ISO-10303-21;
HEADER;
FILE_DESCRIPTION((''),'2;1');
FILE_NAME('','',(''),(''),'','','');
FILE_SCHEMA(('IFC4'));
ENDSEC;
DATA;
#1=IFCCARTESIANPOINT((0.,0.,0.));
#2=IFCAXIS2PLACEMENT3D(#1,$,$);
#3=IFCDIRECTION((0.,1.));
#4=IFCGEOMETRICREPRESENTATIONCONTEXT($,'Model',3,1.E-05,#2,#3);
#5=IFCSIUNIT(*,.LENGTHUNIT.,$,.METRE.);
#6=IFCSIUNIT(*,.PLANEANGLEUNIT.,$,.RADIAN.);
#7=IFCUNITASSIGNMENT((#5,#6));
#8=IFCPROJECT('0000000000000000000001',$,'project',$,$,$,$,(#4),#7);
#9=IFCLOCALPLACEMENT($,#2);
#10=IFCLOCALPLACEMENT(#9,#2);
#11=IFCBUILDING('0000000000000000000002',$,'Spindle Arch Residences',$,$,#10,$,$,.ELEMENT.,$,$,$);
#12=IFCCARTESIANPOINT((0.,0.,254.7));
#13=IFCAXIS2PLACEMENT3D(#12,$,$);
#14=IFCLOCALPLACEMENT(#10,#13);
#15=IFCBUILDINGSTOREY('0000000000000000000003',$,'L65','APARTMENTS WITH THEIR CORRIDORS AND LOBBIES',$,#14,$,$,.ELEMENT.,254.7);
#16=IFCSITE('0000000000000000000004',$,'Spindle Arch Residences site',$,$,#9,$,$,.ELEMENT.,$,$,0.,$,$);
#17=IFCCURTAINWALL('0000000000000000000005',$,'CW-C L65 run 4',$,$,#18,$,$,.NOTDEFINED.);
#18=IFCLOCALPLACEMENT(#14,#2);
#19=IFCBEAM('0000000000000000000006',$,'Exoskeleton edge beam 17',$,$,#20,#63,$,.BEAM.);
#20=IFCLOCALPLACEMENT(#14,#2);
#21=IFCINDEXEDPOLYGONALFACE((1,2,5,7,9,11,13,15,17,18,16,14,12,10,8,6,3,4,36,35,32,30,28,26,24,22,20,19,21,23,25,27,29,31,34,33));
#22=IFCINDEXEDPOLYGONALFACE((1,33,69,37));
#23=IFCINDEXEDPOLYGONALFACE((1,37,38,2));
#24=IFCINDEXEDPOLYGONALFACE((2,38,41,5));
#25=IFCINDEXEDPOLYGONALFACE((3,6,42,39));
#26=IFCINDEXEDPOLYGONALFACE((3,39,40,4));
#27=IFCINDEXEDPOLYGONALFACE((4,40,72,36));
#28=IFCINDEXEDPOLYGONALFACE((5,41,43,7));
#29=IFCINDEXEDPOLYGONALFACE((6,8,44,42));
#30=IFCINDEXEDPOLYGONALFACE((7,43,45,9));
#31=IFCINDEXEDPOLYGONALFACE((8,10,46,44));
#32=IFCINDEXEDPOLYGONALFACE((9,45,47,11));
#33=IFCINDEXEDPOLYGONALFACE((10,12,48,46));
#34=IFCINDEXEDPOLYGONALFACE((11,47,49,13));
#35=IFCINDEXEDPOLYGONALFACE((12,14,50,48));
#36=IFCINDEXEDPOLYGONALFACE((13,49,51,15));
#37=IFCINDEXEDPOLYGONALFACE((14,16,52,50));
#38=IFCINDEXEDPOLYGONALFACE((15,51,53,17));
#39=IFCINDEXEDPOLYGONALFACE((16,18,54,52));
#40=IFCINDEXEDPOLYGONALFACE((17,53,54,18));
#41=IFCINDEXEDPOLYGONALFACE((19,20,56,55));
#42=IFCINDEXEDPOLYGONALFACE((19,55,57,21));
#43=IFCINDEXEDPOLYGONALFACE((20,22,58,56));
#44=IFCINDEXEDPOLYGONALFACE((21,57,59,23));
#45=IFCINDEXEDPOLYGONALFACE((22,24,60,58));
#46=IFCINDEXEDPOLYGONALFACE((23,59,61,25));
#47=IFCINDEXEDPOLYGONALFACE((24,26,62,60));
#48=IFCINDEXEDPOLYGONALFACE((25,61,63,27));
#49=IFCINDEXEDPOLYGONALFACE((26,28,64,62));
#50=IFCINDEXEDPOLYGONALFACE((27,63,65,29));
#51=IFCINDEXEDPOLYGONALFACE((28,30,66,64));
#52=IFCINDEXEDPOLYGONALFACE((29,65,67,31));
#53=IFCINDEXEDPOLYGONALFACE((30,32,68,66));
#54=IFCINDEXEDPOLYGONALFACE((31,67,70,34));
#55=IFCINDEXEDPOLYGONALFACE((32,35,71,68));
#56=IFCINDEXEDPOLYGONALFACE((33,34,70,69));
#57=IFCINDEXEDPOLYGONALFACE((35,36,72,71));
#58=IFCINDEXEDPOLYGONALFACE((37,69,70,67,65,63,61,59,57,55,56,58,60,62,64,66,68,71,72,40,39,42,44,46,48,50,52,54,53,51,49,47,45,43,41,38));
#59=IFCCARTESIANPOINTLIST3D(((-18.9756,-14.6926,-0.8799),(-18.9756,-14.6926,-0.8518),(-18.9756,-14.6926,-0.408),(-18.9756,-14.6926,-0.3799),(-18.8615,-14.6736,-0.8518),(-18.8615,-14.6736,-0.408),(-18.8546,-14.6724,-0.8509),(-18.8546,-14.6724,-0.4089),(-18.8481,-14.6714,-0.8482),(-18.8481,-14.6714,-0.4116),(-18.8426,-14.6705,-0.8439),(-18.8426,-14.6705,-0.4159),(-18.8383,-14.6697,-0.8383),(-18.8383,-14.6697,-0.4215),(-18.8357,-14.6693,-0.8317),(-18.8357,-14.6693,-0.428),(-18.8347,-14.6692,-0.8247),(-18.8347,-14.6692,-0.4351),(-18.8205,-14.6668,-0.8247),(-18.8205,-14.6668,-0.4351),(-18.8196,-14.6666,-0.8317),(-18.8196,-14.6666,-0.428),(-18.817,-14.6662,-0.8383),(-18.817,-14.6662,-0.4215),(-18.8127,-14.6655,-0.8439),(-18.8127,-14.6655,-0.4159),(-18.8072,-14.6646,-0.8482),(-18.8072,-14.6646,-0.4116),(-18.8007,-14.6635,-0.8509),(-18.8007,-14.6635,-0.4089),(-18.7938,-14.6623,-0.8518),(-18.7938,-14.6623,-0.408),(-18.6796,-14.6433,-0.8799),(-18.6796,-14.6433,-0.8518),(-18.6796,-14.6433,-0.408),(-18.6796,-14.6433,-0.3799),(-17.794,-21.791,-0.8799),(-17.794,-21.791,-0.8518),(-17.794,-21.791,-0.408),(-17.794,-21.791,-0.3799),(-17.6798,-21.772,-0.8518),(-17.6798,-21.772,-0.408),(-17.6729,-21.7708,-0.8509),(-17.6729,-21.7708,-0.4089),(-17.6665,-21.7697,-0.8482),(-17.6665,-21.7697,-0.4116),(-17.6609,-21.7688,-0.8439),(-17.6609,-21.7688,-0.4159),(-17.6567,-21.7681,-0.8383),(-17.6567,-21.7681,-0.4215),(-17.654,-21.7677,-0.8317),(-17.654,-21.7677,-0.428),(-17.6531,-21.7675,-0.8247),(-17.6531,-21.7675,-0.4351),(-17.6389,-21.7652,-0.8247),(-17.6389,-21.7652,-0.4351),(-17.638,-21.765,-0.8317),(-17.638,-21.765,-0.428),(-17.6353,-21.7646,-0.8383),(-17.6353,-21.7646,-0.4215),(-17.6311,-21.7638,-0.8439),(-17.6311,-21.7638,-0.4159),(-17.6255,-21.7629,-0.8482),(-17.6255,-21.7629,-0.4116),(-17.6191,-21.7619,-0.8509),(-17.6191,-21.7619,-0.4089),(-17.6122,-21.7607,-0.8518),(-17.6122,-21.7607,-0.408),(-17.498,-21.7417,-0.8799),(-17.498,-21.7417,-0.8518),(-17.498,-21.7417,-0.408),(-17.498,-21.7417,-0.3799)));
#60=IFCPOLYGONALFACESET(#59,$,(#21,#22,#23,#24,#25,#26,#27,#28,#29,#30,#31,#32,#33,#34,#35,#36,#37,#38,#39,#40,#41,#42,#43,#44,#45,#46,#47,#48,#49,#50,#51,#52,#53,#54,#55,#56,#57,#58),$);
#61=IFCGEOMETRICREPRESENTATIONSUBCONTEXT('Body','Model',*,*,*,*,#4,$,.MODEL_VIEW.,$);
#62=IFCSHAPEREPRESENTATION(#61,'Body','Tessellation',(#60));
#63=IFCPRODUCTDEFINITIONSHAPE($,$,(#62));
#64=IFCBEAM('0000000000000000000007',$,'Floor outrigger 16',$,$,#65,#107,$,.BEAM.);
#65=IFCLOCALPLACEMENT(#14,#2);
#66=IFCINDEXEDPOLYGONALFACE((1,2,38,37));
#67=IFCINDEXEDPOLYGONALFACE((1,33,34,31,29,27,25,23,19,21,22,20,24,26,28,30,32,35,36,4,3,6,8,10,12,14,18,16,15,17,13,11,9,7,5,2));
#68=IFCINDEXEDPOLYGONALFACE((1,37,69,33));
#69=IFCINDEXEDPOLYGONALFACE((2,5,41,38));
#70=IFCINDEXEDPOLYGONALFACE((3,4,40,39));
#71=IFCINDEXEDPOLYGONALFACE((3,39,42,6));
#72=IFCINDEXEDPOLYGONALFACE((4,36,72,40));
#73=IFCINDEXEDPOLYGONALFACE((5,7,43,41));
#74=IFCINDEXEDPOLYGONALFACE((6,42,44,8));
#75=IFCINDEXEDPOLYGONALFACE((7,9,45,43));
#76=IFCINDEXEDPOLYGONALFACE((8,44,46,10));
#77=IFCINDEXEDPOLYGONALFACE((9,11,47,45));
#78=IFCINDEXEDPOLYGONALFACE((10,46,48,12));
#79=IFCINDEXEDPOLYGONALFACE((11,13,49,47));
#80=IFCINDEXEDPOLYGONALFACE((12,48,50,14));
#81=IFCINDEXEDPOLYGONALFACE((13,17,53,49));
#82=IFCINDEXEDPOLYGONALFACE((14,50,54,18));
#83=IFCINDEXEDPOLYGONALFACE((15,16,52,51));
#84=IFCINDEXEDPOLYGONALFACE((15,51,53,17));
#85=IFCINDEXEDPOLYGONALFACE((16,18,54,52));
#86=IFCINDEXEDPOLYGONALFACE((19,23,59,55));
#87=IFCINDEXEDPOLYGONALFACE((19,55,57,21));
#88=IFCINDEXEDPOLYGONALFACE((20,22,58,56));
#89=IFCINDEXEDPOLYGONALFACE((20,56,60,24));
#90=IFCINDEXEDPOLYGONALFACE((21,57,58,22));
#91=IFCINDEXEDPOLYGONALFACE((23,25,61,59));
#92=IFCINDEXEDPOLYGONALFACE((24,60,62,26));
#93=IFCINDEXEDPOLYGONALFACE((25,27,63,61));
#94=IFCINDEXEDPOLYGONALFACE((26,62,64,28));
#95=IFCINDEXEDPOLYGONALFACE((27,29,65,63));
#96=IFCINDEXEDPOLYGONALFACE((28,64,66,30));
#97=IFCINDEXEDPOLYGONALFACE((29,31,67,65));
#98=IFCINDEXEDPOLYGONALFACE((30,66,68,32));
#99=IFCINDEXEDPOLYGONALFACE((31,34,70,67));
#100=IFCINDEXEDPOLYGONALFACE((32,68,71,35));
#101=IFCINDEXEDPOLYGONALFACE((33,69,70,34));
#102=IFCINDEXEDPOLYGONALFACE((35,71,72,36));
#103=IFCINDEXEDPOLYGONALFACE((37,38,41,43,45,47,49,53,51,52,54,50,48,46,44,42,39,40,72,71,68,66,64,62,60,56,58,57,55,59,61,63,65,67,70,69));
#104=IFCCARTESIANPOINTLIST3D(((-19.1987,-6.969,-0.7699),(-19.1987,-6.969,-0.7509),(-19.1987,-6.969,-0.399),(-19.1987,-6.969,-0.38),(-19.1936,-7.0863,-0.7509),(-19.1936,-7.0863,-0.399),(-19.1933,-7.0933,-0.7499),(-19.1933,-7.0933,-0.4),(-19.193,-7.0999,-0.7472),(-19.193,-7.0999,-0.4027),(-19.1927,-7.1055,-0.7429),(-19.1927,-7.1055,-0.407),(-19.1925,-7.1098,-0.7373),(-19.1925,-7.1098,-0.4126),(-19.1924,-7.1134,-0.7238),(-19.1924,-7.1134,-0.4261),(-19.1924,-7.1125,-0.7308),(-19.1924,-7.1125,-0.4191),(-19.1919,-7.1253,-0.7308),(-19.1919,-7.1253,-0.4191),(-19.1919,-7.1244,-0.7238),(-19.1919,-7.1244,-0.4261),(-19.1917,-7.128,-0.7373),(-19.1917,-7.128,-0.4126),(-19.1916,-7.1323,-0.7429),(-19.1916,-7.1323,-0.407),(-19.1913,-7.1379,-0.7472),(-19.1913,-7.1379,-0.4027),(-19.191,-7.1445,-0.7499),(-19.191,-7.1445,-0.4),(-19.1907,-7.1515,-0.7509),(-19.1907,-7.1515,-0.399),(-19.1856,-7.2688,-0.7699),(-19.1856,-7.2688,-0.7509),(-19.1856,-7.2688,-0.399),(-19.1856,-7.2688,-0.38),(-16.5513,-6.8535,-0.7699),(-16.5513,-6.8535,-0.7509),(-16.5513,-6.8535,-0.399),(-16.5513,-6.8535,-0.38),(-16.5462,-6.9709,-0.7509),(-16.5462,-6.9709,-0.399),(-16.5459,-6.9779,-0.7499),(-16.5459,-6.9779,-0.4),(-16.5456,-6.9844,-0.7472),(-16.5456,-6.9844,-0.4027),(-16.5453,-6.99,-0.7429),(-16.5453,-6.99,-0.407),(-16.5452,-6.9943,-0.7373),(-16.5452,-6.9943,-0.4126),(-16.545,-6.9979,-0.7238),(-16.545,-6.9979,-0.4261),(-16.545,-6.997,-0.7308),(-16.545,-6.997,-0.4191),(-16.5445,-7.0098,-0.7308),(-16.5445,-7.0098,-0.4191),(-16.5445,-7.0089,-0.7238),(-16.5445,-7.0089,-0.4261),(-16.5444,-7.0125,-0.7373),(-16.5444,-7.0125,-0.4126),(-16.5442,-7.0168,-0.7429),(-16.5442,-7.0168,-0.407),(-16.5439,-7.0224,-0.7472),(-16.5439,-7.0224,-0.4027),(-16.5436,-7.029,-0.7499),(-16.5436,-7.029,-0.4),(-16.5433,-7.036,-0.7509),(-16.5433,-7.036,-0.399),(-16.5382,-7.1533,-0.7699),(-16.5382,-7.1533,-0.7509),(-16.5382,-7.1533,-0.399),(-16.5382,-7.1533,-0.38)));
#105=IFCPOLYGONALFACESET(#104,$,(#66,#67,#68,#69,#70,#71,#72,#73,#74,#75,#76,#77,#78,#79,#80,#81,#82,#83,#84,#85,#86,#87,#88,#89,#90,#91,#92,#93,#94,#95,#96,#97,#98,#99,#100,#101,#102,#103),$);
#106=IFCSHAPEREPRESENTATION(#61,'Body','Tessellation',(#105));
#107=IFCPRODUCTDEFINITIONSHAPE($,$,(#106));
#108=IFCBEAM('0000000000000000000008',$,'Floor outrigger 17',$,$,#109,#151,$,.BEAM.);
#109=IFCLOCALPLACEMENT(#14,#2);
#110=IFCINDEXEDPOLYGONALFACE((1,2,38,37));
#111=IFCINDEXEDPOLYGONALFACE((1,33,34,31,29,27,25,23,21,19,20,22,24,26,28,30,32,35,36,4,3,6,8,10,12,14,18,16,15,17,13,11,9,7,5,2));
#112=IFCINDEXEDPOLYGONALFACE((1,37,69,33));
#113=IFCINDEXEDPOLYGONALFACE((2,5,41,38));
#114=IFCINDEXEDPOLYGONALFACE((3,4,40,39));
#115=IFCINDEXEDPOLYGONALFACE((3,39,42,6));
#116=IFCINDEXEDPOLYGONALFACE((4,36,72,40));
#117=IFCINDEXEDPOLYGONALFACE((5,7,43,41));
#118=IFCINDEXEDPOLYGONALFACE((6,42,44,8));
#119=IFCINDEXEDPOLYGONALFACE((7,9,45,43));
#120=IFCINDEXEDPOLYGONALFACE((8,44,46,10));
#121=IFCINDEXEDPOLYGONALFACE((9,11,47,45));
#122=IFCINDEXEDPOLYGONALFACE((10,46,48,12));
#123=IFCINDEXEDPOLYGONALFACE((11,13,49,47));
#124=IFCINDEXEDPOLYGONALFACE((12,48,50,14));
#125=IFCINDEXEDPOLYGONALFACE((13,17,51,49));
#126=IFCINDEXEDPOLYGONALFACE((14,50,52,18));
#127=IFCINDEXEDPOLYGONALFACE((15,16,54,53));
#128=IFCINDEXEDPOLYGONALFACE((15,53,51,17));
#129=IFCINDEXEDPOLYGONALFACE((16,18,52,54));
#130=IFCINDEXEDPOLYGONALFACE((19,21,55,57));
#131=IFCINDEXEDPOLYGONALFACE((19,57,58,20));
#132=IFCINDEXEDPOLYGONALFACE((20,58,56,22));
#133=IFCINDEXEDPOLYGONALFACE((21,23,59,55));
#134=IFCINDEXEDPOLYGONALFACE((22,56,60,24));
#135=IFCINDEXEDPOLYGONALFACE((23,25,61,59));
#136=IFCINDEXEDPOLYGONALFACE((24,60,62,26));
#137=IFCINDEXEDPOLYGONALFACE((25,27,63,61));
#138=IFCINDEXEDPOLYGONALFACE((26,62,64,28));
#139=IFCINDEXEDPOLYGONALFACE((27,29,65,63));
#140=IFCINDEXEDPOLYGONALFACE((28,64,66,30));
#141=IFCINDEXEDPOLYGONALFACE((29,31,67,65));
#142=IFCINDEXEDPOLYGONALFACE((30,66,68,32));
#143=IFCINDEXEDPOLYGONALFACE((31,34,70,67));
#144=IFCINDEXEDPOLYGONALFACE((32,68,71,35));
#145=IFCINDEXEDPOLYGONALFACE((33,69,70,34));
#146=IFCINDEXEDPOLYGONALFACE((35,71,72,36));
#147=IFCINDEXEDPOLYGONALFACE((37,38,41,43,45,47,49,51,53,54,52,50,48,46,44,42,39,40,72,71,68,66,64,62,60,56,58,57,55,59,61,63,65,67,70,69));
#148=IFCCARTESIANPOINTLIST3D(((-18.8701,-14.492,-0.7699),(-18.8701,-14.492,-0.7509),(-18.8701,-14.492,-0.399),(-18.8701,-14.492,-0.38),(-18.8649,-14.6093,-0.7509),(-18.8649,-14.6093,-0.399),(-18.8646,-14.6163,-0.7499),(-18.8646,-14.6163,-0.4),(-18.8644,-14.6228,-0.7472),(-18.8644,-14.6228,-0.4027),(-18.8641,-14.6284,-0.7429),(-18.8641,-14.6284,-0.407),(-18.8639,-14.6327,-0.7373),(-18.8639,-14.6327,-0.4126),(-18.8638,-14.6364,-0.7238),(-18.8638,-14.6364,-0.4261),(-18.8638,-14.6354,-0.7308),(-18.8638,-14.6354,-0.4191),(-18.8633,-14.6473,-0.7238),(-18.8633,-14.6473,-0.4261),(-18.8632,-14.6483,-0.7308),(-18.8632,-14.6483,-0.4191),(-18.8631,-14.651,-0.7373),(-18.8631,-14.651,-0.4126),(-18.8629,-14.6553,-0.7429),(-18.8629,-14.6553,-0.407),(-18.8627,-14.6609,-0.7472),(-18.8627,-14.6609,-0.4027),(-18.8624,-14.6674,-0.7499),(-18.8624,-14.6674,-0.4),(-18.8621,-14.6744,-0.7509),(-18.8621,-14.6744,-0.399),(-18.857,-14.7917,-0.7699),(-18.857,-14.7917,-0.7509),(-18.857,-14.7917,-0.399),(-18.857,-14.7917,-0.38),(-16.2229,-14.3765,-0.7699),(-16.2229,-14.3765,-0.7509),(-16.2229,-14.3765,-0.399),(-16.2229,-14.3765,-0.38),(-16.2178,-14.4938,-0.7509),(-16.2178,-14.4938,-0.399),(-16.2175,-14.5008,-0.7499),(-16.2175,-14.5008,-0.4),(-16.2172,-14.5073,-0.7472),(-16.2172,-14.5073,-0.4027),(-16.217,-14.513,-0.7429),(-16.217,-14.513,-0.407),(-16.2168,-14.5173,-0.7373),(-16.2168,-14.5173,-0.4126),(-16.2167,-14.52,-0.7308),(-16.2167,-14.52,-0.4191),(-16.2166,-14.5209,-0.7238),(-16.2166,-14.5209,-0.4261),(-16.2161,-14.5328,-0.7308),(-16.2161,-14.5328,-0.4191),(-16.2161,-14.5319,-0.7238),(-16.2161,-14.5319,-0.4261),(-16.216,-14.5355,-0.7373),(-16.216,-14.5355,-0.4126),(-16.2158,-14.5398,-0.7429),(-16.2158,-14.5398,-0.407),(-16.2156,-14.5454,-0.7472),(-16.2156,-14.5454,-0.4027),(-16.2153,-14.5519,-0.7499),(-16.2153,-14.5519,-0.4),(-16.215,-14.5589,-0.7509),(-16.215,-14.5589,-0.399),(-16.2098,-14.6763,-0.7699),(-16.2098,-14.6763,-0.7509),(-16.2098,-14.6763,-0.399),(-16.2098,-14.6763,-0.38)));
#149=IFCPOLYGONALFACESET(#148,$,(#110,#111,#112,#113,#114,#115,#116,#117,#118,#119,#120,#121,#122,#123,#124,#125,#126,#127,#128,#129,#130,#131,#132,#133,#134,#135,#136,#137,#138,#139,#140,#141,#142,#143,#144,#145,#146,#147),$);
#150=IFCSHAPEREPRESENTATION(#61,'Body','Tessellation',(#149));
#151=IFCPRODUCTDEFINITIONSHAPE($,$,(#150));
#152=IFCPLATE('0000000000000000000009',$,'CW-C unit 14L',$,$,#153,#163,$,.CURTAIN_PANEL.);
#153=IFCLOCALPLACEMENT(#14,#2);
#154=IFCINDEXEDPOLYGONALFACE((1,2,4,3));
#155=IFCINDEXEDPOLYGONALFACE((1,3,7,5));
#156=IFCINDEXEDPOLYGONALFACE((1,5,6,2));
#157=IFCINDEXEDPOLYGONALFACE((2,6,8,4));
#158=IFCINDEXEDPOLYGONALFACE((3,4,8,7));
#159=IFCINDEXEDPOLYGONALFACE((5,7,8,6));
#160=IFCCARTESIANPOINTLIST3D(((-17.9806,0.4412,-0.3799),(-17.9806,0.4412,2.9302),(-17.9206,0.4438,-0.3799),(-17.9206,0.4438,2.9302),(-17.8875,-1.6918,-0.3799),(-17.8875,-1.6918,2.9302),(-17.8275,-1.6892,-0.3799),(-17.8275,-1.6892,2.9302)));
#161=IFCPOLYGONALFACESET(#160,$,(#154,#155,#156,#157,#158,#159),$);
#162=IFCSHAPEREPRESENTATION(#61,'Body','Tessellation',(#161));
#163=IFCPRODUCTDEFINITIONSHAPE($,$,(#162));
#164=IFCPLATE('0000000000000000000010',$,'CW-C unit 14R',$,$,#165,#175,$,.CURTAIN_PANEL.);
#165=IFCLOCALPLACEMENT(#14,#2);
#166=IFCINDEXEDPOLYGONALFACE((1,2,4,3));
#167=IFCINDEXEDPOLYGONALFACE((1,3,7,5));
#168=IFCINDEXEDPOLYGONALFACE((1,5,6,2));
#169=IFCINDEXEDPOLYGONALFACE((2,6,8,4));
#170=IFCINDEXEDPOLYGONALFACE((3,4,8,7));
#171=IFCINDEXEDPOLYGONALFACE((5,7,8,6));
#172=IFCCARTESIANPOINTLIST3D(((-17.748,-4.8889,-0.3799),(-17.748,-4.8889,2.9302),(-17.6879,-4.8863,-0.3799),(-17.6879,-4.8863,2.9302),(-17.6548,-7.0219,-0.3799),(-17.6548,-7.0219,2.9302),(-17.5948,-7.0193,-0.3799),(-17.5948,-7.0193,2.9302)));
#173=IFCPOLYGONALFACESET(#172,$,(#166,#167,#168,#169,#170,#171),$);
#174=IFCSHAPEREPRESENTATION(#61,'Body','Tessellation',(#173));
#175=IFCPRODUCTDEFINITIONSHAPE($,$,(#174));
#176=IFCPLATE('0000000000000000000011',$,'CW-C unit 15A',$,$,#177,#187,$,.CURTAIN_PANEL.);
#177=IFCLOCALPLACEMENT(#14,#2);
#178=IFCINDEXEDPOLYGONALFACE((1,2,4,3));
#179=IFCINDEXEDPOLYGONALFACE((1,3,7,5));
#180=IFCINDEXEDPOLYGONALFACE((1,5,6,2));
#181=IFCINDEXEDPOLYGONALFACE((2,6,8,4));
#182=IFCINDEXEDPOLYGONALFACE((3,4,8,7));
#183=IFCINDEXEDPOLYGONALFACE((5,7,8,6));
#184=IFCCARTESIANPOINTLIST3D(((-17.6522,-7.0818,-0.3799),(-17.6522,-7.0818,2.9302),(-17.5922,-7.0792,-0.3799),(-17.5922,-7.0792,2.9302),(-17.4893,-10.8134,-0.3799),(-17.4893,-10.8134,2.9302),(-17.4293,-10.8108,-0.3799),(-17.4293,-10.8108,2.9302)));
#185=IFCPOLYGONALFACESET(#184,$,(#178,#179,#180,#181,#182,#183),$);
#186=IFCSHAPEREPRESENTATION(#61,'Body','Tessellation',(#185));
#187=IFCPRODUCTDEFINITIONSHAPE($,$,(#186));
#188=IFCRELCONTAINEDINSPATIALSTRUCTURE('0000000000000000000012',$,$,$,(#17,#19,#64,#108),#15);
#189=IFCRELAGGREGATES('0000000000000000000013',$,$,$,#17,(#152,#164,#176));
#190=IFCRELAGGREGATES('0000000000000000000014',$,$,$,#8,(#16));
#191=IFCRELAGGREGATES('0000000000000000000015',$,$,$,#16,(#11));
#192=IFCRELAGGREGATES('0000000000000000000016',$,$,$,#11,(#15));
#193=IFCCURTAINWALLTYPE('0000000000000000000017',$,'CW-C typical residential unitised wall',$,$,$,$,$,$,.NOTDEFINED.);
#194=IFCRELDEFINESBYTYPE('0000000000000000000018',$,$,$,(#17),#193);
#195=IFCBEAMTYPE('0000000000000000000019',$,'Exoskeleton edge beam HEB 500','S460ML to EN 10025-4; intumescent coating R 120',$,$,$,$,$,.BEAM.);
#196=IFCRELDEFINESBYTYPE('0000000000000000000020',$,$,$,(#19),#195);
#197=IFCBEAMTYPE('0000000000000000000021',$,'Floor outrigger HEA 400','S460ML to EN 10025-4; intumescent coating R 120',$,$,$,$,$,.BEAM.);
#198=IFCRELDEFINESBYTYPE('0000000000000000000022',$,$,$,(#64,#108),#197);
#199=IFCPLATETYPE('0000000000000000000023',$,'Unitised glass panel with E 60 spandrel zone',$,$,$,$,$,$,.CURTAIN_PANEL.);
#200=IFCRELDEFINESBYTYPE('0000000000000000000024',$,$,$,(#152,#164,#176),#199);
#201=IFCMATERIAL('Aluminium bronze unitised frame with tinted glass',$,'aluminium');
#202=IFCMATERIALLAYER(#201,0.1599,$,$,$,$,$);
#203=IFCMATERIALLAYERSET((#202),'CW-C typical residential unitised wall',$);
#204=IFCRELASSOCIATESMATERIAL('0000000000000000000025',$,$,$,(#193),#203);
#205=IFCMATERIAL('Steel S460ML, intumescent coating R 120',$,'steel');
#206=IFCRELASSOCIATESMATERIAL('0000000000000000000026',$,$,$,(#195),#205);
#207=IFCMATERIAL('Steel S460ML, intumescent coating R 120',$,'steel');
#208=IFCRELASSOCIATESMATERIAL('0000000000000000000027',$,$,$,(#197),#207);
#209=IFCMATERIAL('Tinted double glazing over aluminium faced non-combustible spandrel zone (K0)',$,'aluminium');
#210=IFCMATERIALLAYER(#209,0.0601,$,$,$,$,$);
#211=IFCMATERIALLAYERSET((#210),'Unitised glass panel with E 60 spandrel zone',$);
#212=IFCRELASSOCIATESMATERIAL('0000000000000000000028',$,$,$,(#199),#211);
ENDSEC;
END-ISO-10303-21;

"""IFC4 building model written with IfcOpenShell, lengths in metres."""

from ifc_helpers import new_model, si_unit, direction, frame, origin, origin_2d, place, context, subcontext, project, spatial, rectangle, i_section, extrude, material, layer, layer_set, material_profile, profile_set, type_object, element, aggregate, save


model = new_model("IFC4")

# Units and contexts
model_context = context("Model", 3, precision=1e-05, world=origin(), true_north=direction((0.0, 1.0)))
body_context = subcontext(model_context, "Body", "Model", "MODEL_VIEW")
ifc_project = project(units=[si_unit("LENGTHUNIT", "METRE"), si_unit("PLANEANGLEUNIT", "RADIAN")], contexts=[model_context])

# Site, building, storey
site_placement = place(None, origin())
site = spatial("IfcSite", under=ifc_project, at=site_placement, Name="Spindle Arch Residences site", CompositionType="ELEMENT", RefElevation=0.0)
building_placement = place(site_placement, origin())
building = spatial("IfcBuilding", under=site, at=building_placement, Name="Spindle Arch Residences", CompositionType="ELEMENT")
storey_placement = place(building_placement, frame((0.0, 0.0, 254.7)))
storey = spatial("IfcBuildingStorey", under=building, at=storey_placement, Name="L65", Description="APARTMENTS WITH THEIR CORRIDORS AND LOBBIES", CompositionType="ELEMENT", Elevation=254.7)

# Curtain wall
ifc_material_1 = material(Name="Aluminium bronze unitised frame with tinted glass", Category="aluminium")
ifc_layer_1 = layer(ifc_material_1, 0.1599)
ifc_layer_set_1 = layer_set([ifc_layer_1], Name="CW-C typical residential unitised wall")
curtain_wall_type_1 = type_object("IfcCurtainWallType", Name="CW-C typical residential unitised wall", PredefinedType="NOTDEFINED", material=ifc_layer_set_1)
curtain_wall_1_placement = place(storey_placement, origin())
curtain_wall_1 = element("IfcCurtainWall", 1, at=curtain_wall_1_placement, inside=storey, type_object=curtain_wall_type_1, Name="CW-C L65 run 4", PredefinedType="NOTDEFINED")

# Beams
ifc_material_2 = material(Name="Steel S460ML, intumescent coating R 120", Category="steel")
ifc_material_profile_1 = material_profile(ifc_material_2, i_section(OverallWidth=0.3, OverallDepth=0.5, WebThickness=0.0144, FlangeThickness=0.0281, FilletRadius=0.0271, at=origin_2d()), Name="HEB 500")
ifc_profile_set_1 = profile_set([ifc_material_profile_1], Name="Steel S460ML, intumescent coating R 120")
beam_type_1 = type_object("IfcBeamType", Name="Exoskeleton edge beam HEB 500", Description="S460ML to EN 10025-4; intumescent coating R 120", PredefinedType="BEAM", material=ifc_profile_set_1)
beam_1_placement = place(storey_placement, frame((-18.8276, -14.668, -0.6299), z_axis=(0.164206, -0.986426, 0.0), x_axis=(0.986426, 0.164206, 0.0)))
element("IfcBeam", 2, at=beam_1_placement, inside=storey, type_object=beam_type_1, Name="Exoskeleton edge beam 17", PredefinedType="BEAM", context=body_context, shape_type="SweptSolid", body=[
    extrude(i_section(OverallWidth=0.3, OverallDepth=0.5, WebThickness=0.0144, FlangeThickness=0.0281, FilletRadius=0.0271, at=origin_2d()), origin(), (0.0, 0.0, 1.0), 7.196),
])
ifc_material_3 = material(Name="Steel S460ML, intumescent coating R 120", Category="steel")
ifc_material_profile_2 = material_profile(ifc_material_3, i_section(OverallWidth=0.3, OverallDepth=0.3899, WebThickness=0.011, FlangeThickness=0.019, FilletRadius=0.0271, at=origin_2d()), Name="HEA 400")
ifc_profile_set_2 = profile_set([ifc_material_profile_2], Name="Steel S460ML, intumescent coating R 120")
beam_type_2 = type_object("IfcBeamType", Name="Floor outrigger HEA 400", Description="S460ML to EN 10025-4; intumescent coating R 120", PredefinedType="BEAM", material=ifc_profile_set_2)
beam_2_placement = place(storey_placement, frame((-19.1921, -7.1189, -0.575), z_axis=(0.99905, 0.043577, 0.0), x_axis=(-0.043577, 0.99905, 0.0)))
element("IfcBeam", 3, at=beam_2_placement, inside=storey, type_object=beam_type_2, Name="Floor outrigger 16", PredefinedType="BEAM", context=body_context, shape_type="SweptSolid", body=[
    extrude(i_section(OverallWidth=0.3, OverallDepth=0.3899, WebThickness=0.011, FlangeThickness=0.019, FilletRadius=0.0271, at=origin_2d()), origin(), (0.0, 0.0, 1.0), 2.6499),
])
beam_3_placement = place(storey_placement, frame((-18.8635, -14.6418, -0.575), z_axis=(0.99905, 0.043581, 0.0), x_axis=(-0.043581, 0.99905, 0.0)))
element("IfcBeam", 4, at=beam_3_placement, inside=storey, type_object=beam_type_2, Name="Floor outrigger 17", PredefinedType="BEAM", context=body_context, shape_type="SweptSolid", body=[
    extrude(i_section(OverallWidth=0.3, OverallDepth=0.3899, WebThickness=0.011, FlangeThickness=0.019, FilletRadius=0.0271, at=origin_2d()), origin(), (0.0, 0.0, 1.0), 2.6497),
])

# Plates
ifc_material_4 = material(Name="Tinted double glazing over aluminium faced non-combustible spandrel zone (K0)", Category="aluminium")
ifc_layer_2 = layer(ifc_material_4, 0.0601)
ifc_layer_set_2 = layer_set([ifc_layer_2], Name="Unitised glass panel with E 60 spandrel zone")
plate_type = type_object("IfcPlateType", Name="Unitised glass panel with E 60 spandrel zone", PredefinedType="CURTAIN_PANEL", material=ifc_layer_set_2)
plate_1_placement = place(storey_placement, frame((-17.9041, -0.624, -0.3799), z_axis=(0.0, 0.0, 1.0), x_axis=(0.043619, -0.999048, 0.0)))
plate_1 = element("IfcPlate", 5, at=plate_1_placement, type_object=plate_type, Name="CW-C unit 14L", PredefinedType="CURTAIN_PANEL", context=body_context, shape_type="SweptSolid", body=[
    extrude(rectangle(XDim=2.135, YDim=0.0601, at=origin_2d()), origin(), (0.0, 0.0, 1.0), 3.3101),
])
plate_2_placement = place(storey_placement, frame((-17.6714, -5.9541, -0.3799), z_axis=(0.0, 0.0, 1.0), x_axis=(0.043619, -0.999048, 0.0)))
plate_2 = element("IfcPlate", 6, at=plate_2_placement, type_object=plate_type, Name="CW-C unit 14R", PredefinedType="CURTAIN_PANEL", context=body_context, shape_type="SweptSolid", body=[
    extrude(rectangle(XDim=2.135, YDim=0.0601, at=origin_2d()), origin(), (0.0, 0.0, 1.0), 3.3101),
])
plate_3_placement = place(storey_placement, frame((-17.5408, -8.9463, -0.3799), z_axis=(0.0, 0.0, 1.0), x_axis=(0.043619, -0.999048, 0.0)))
plate_3 = element("IfcPlate", 7, at=plate_3_placement, type_object=plate_type, Name="CW-C unit 15A", PredefinedType="CURTAIN_PANEL", context=body_context, shape_type="SweptSolid", body=[
    extrude(rectangle(XDim=3.7351, YDim=0.0601, at=origin_2d()), origin(), (0.0, 0.0, 1.0), 3.3101),
])
aggregate(curtain_wall_1, [plate_1, plate_2, plate_3])

save(model, "model.ifc")
